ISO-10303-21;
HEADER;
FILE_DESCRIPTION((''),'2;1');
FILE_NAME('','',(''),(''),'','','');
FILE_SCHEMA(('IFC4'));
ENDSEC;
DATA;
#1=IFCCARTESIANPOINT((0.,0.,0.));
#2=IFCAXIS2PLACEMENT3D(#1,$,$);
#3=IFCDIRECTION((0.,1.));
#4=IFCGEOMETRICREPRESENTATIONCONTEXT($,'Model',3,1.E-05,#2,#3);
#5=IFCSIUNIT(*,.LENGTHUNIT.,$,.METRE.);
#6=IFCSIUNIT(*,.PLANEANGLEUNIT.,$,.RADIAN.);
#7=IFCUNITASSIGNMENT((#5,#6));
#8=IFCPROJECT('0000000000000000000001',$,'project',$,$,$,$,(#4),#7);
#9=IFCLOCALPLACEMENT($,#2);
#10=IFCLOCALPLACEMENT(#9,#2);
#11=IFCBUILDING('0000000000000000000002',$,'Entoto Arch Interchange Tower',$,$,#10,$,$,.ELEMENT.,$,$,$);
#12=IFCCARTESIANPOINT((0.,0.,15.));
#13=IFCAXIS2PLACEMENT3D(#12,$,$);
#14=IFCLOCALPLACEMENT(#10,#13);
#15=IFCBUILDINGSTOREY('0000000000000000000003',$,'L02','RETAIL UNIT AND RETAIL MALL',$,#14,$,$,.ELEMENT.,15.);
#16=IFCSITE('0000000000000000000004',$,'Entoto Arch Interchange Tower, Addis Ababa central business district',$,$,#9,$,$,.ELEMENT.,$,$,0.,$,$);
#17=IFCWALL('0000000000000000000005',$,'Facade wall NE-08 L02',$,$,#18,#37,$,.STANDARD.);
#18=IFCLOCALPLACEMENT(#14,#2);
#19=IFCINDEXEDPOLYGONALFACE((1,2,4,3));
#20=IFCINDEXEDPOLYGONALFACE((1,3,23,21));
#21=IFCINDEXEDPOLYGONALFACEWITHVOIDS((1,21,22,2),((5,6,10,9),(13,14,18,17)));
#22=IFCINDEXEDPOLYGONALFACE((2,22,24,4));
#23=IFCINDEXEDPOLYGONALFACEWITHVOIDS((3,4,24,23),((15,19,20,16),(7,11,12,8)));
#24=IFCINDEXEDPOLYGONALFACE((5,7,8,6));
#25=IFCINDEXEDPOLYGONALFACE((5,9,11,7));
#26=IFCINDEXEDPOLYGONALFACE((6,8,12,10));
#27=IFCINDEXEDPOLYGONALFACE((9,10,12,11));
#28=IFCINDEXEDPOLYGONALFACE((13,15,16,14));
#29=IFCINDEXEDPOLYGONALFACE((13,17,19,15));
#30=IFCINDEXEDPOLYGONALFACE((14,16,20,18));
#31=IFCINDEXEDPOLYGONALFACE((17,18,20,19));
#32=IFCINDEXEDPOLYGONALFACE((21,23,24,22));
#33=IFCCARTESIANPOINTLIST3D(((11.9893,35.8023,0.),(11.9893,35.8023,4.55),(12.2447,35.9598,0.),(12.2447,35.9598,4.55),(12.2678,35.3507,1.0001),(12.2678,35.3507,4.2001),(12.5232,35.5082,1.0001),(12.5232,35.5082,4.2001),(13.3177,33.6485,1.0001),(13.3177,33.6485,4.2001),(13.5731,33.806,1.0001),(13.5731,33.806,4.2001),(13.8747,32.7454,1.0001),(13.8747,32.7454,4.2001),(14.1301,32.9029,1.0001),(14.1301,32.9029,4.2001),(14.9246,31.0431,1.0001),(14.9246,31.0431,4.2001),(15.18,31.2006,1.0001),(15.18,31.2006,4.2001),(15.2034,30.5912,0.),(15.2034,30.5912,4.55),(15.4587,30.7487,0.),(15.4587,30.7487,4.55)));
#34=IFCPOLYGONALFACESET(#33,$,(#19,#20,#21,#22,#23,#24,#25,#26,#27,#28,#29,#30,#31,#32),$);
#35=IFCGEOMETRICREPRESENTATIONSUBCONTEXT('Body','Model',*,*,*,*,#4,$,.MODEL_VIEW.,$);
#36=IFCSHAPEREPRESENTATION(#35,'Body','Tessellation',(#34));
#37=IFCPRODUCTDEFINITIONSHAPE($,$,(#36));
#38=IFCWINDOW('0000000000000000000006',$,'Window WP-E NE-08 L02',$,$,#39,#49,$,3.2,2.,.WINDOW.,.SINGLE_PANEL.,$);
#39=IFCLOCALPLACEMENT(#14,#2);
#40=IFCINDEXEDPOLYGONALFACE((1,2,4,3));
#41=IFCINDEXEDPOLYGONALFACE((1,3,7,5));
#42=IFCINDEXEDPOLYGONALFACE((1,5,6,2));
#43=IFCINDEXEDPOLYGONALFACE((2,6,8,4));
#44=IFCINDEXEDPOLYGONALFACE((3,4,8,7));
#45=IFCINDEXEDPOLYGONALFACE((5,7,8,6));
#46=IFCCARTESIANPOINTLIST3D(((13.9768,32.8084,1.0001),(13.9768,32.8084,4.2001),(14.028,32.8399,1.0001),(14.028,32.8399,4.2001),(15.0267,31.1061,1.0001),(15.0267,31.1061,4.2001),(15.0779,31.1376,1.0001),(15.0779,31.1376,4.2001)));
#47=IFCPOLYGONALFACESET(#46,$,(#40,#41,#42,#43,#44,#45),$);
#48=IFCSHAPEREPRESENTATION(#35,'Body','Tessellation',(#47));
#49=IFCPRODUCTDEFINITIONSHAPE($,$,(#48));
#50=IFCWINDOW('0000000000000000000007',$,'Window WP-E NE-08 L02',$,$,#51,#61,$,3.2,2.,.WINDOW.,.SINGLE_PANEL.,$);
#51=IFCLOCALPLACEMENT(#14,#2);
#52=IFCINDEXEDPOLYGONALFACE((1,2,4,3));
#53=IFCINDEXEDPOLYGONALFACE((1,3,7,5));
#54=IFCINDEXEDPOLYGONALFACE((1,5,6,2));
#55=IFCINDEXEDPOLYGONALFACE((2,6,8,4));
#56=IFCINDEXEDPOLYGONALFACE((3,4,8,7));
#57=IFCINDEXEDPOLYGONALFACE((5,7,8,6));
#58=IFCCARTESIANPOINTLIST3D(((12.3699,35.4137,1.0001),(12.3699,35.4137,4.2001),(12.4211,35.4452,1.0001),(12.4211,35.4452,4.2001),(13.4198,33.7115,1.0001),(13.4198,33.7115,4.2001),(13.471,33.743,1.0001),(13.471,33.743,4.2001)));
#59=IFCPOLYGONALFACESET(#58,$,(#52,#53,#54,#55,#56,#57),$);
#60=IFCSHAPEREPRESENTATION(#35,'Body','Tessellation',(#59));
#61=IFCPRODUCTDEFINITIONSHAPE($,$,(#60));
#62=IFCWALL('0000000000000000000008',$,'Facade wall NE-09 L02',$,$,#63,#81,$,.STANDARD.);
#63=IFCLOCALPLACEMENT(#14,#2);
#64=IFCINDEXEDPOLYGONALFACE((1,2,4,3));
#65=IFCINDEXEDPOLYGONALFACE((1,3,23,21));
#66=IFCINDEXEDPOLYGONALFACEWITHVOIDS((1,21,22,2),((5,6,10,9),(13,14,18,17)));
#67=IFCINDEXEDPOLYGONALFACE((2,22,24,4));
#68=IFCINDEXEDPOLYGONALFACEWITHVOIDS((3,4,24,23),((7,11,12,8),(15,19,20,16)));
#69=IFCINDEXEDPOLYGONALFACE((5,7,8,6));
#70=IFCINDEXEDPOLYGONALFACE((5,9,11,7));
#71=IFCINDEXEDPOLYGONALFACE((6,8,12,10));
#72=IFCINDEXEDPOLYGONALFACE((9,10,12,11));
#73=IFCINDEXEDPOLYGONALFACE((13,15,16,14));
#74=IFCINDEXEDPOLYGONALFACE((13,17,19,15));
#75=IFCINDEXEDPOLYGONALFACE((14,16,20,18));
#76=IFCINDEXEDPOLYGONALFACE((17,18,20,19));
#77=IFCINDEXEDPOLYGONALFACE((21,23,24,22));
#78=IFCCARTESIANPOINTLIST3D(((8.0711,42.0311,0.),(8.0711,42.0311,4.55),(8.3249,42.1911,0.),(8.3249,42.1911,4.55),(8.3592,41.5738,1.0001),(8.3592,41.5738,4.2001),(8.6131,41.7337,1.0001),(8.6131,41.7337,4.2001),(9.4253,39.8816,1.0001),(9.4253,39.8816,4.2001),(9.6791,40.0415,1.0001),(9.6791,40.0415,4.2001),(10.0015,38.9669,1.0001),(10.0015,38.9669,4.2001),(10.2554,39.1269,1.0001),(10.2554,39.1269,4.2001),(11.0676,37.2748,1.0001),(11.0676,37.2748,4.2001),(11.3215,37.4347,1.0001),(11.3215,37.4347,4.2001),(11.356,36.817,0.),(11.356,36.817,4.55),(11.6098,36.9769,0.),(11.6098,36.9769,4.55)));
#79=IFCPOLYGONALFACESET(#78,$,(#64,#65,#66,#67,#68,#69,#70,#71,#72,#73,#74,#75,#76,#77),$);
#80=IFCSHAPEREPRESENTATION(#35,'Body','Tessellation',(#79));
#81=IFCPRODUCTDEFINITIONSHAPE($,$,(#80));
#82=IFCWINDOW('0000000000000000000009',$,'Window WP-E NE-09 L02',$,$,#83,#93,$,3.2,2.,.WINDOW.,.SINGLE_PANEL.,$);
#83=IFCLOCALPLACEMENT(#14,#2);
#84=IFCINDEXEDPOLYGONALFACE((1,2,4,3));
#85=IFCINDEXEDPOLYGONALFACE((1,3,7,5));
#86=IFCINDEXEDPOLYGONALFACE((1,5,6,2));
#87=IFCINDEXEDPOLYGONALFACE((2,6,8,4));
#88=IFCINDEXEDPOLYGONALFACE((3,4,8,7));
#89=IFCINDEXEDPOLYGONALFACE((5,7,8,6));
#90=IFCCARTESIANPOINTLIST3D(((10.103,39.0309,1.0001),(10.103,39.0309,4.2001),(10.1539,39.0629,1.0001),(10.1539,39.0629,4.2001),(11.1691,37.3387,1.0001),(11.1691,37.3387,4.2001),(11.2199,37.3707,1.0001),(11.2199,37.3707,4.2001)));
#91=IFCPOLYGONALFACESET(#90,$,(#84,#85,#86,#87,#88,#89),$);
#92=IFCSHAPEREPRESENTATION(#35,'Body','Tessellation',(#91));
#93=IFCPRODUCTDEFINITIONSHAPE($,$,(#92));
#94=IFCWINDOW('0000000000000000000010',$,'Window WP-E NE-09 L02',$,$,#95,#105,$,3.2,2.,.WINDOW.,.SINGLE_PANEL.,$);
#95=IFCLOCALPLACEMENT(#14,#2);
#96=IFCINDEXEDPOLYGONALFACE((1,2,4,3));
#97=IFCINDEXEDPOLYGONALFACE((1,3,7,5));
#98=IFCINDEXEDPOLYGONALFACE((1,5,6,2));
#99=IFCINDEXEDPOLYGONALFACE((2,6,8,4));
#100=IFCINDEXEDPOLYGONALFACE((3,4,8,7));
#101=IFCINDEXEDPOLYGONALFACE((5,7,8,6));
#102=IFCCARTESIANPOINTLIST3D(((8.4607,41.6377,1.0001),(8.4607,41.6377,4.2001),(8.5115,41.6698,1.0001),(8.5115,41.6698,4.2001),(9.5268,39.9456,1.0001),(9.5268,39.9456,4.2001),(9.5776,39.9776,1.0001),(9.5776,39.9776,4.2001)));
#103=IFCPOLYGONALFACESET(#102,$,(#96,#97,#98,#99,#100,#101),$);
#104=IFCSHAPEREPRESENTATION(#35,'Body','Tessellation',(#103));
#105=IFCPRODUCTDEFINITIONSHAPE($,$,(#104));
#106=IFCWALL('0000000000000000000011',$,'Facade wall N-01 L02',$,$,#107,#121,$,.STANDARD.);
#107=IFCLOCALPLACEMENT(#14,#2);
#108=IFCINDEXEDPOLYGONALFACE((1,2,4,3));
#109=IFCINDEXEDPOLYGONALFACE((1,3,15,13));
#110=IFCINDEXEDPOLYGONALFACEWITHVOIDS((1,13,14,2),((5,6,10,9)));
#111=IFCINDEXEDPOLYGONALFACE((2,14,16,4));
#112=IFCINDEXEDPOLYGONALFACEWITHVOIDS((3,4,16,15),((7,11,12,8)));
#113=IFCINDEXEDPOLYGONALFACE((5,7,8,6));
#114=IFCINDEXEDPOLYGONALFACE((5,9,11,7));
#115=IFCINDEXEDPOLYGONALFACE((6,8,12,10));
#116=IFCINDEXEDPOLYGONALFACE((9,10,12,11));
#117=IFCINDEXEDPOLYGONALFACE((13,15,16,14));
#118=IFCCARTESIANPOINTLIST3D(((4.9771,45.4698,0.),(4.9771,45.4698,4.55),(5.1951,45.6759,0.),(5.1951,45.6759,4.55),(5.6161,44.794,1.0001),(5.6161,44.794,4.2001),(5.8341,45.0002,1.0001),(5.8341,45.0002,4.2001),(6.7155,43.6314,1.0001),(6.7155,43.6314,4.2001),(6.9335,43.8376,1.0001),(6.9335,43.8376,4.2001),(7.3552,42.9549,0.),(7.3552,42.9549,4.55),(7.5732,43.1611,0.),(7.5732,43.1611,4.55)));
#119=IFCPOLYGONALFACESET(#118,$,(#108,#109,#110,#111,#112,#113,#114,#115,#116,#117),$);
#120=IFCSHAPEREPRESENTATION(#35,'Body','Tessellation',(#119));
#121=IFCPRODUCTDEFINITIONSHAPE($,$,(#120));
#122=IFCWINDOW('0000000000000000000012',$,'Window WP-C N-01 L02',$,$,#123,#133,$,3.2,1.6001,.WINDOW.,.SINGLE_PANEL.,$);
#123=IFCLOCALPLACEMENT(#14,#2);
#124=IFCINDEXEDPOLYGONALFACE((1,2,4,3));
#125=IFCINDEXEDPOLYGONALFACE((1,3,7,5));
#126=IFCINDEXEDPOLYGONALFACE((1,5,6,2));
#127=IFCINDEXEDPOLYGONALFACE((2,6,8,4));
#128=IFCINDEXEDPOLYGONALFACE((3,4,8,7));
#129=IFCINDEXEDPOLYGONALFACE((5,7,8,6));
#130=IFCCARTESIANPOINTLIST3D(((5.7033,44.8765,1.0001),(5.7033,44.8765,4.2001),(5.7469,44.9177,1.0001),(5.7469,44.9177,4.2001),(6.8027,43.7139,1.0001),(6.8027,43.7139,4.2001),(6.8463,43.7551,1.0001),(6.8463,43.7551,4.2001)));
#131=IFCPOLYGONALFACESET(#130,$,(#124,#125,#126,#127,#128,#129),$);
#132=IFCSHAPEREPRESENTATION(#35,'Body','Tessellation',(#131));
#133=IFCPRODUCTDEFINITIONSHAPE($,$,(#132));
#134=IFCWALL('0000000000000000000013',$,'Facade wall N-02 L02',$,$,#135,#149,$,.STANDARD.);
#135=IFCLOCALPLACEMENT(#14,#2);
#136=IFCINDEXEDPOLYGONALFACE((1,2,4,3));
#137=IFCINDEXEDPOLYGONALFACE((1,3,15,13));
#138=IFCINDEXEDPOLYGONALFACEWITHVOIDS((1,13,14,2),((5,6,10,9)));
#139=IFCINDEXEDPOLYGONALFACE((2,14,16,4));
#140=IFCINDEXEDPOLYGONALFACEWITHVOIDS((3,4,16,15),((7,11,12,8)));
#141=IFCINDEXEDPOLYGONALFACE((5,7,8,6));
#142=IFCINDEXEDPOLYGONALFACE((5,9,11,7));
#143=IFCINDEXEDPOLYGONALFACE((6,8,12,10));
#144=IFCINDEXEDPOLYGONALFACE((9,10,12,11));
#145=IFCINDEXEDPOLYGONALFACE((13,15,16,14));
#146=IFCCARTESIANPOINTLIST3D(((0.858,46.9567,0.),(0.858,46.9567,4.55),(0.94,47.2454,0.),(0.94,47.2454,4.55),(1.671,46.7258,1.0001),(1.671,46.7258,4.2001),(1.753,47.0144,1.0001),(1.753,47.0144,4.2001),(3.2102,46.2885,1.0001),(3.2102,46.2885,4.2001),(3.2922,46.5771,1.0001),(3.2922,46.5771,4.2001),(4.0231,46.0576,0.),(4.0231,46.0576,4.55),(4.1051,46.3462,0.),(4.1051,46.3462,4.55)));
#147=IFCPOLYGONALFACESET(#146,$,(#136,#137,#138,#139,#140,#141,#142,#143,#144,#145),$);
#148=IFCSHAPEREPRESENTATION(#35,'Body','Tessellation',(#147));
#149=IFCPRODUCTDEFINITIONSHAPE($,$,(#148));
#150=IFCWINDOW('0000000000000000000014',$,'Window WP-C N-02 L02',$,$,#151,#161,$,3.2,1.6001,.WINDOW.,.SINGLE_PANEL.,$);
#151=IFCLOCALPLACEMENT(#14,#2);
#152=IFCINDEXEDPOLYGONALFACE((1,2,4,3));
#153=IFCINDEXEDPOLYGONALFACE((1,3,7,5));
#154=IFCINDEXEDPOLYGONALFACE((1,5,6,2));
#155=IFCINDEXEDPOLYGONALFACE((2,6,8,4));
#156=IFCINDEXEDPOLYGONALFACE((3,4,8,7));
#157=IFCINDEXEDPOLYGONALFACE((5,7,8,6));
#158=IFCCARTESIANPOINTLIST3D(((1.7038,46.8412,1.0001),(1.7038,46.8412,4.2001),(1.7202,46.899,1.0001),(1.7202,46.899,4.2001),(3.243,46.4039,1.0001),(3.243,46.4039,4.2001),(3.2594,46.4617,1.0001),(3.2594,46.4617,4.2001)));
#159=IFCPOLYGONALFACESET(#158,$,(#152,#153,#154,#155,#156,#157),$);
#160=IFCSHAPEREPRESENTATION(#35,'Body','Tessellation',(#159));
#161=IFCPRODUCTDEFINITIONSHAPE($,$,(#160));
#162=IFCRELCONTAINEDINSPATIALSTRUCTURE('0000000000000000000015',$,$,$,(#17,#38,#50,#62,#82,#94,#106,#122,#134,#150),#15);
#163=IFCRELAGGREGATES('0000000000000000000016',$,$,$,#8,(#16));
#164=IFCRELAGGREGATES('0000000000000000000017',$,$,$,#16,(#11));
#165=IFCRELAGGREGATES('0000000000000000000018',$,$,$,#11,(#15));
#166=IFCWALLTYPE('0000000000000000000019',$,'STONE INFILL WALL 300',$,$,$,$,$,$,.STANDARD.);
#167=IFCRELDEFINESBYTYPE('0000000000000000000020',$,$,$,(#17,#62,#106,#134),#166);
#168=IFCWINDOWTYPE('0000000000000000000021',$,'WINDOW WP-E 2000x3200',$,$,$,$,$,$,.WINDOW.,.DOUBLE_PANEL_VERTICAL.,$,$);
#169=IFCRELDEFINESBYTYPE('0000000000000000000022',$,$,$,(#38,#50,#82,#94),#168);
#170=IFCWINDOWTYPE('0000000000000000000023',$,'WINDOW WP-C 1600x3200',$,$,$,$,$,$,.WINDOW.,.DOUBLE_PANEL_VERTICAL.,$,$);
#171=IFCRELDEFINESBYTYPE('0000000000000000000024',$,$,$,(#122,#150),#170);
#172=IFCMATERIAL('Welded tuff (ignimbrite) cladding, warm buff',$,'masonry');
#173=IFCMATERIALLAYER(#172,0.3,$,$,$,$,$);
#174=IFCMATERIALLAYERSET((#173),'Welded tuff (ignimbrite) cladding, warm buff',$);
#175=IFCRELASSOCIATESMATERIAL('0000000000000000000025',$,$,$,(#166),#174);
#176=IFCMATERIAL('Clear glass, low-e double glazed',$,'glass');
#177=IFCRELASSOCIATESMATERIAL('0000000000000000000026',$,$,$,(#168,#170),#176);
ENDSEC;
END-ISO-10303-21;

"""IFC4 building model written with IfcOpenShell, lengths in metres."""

from ifc_helpers import new_model, si_unit, direction, frame, frame_2d, origin, place, context, subcontext, project, spatial, rectangle, extrude, material, layer, layer_set, type_object, element, fill, save


model = new_model("IFC4")

# Units and contexts
model_context = context("Model", 3, precision=1e-05, world=origin(), true_north=direction((0.0, 1.0)))
body_context = subcontext(model_context, "Body", "Model", "MODEL_VIEW")
ifc_project = project(units=[si_unit("LENGTHUNIT", "METRE"), si_unit("PLANEANGLEUNIT", "RADIAN")], contexts=[model_context])

# Site, building, storey
site_placement = place(None, origin())
site = spatial("IfcSite", under=ifc_project, at=site_placement, Name="Entoto Arch Interchange Tower, Addis Ababa central business district", CompositionType="ELEMENT", RefElevation=0.0)
building_placement = place(site_placement, origin())
building = spatial("IfcBuilding", under=site, at=building_placement, Name="Entoto Arch Interchange Tower", CompositionType="ELEMENT")
storey_placement = place(building_placement, frame((0.0, 0.0, 15.0)))
storey = spatial("IfcBuildingStorey", under=building, at=storey_placement, Name="L02", Description="RETAIL UNIT AND RETAIL MALL", CompositionType="ELEMENT", Elevation=15.0)

# Walls, openings, windows
ifc_material_1 = material(Name="Welded tuff (ignimbrite) cladding, warm buff", Category="masonry")
ifc_layer_1 = layer(ifc_material_1, 0.3)
ifc_layer_set_1 = layer_set([ifc_layer_1], Name="Welded tuff (ignimbrite) cladding, warm buff")
wall_type_1 = type_object("IfcWallType", Name="STONE INFILL WALL 300", PredefinedType="STANDARD", material=ifc_layer_set_1)
wall_1_placement = place(storey_placement, frame((15.3311, 30.6699, 0.0), z_axis=(0.0, 0.0, 1.0), x_axis=(-0.524954, 0.851131, 0.0)))
wall_1 = element("IfcWall", 1, at=wall_1_placement, inside=storey, type_object=wall_type_1, Name="Facade wall NE-08 L02", PredefinedType="STANDARD", context=body_context, shape_type="SweptSolid", body=[
    extrude(rectangle(XDim=6.1226, YDim=0.3, at=frame_2d((3.0613, 0.0))), origin(), (0.0, 0.0, 1.0), 4.55),
])
opening_1_placement = place(wall_1_placement, frame((0.531, 0.0, 1.0)))
opening_1 = element("IfcOpeningElement", 2, at=opening_1_placement, cuts=wall_1, PredefinedType="OPENING", context=body_context, shape_type="SweptSolid", body=[
    extrude(rectangle(XDim=2.0, YDim=3.2, at=frame_2d((1.0, 1.6001))), frame((0.0, 0.1602, 0.0), z_axis=(0.0, -1.0, 0.0), x_axis=(1.0, 0.0, 0.0)), (0.0, 0.0, 1.0), 0.3201),
])
opening_2_placement = place(wall_1_placement, frame((3.592, 0.0, 1.0)))
opening_2 = element("IfcOpeningElement", 3, at=opening_2_placement, cuts=wall_1, PredefinedType="OPENING", context=body_context, shape_type="SweptSolid", body=[
    extrude(rectangle(XDim=2.0, YDim=3.2, at=frame_2d((1.0, 1.6001))), frame((0.0, 0.1602, 0.0), z_axis=(0.0, -1.0, 0.0), x_axis=(1.0, 0.0, 0.0)), (0.0, 0.0, 1.0), 0.3201),
])
ifc_material_2 = material(Name="Clear glass, low-e double glazed", Category="glass")
window_type_1 = type_object("IfcWindowType", Name="WINDOW WP-E 2000x3200", PartitioningType="DOUBLE_PANEL_VERTICAL", PredefinedType="WINDOW", material=ifc_material_2)
window_1_placement = place(opening_1_placement, origin())
window_1 = element("IfcWindow", 4, at=window_1_placement, inside=storey, type_object=window_type_1, Name="Window WP-E NE-08 L02", OverallHeight=3.2, OverallWidth=2.0, PartitioningType="SINGLE_PANEL", PredefinedType="WINDOW", context=body_context, shape_type="SweptSolid", body=[
    extrude(rectangle(XDim=2.0, YDim=3.2, at=frame_2d((1.0, 1.6001))), frame((0.0, 0.03, 0.0), z_axis=(0.0, -1.0, 0.0), x_axis=(1.0, 0.0, 0.0)), (0.0, 0.0, 1.0), 0.0601),
])
fill(opening_1, window_1)
window_2_placement = place(opening_2_placement, origin())
window_2 = element("IfcWindow", 5, at=window_2_placement, inside=storey, type_object=window_type_1, Name="Window WP-E NE-08 L02", OverallHeight=3.2, OverallWidth=2.0, PartitioningType="SINGLE_PANEL", PredefinedType="WINDOW", context=body_context, shape_type="SweptSolid", body=[
    extrude(rectangle(XDim=2.0, YDim=3.2, at=frame_2d((1.0, 1.6001))), frame((0.0, 0.03, 0.0), z_axis=(0.0, -1.0, 0.0), x_axis=(1.0, 0.0, 0.0)), (0.0, 0.0, 1.0), 0.0601),
])
fill(opening_2, window_2)
wall_2_placement = place(storey_placement, frame((11.4829, 36.897, 0.0), z_axis=(0.0, 0.0, 1.0), x_axis=(-0.53304, 0.84609, 0.0)))
wall_2 = element("IfcWall", 6, at=wall_2_placement, inside=storey, type_object=wall_type_1, Name="Facade wall NE-09 L02", PredefinedType="STANDARD", context=body_context, shape_type="SweptSolid", body=[
    extrude(rectangle(XDim=6.1626, YDim=0.3, at=frame_2d((3.0813, 0.0))), origin(), (0.0, 0.0, 1.0), 4.55),
])
opening_3_placement = place(wall_2_placement, frame((0.541, 0.0, 1.0)))
opening_3 = element("IfcOpeningElement", 7, at=opening_3_placement, cuts=wall_2, PredefinedType="OPENING", context=body_context, shape_type="SweptSolid", body=[
    extrude(rectangle(XDim=2.0, YDim=3.2, at=frame_2d((1.0, 1.6001))), frame((0.0, 0.1602, 0.0), z_axis=(0.0, -1.0, 0.0), x_axis=(1.0, 0.0, 0.0)), (0.0, 0.0, 1.0), 0.3201),
])
opening_4_placement = place(wall_2_placement, frame((3.6221, 0.0, 1.0)))
opening_4 = element("IfcOpeningElement", 8, at=opening_4_placement, cuts=wall_2, PredefinedType="OPENING", context=body_context, shape_type="SweptSolid", body=[
    extrude(rectangle(XDim=2.0, YDim=3.2, at=frame_2d((1.0, 1.6001))), frame((0.0, 0.1602, 0.0), z_axis=(0.0, -1.0, 0.0), x_axis=(1.0, 0.0, 0.0)), (0.0, 0.0, 1.0), 0.3201),
])
window_3_placement = place(opening_3_placement, origin())
window_3 = element("IfcWindow", 9, at=window_3_placement, inside=storey, type_object=window_type_1, Name="Window WP-E NE-09 L02", OverallHeight=3.2, OverallWidth=2.0, PartitioningType="SINGLE_PANEL", PredefinedType="WINDOW", context=body_context, shape_type="SweptSolid", body=[
    extrude(rectangle(XDim=2.0, YDim=3.2, at=frame_2d((1.0, 1.6001))), frame((0.0, 0.03, 0.0), z_axis=(0.0, -1.0, 0.0), x_axis=(1.0, 0.0, 0.0)), (0.0, 0.0, 1.0), 0.0601),
])
fill(opening_3, window_3)
window_4_placement = place(opening_4_placement, origin())
window_4 = element("IfcWindow", 10, at=window_4_placement, inside=storey, type_object=window_type_1, Name="Window WP-E NE-09 L02", OverallHeight=3.2, OverallWidth=2.0, PartitioningType="SINGLE_PANEL", PredefinedType="WINDOW", context=body_context, shape_type="SweptSolid", body=[
    extrude(rectangle(XDim=2.0, YDim=3.2, at=frame_2d((1.0, 1.6001))), frame((0.0, 0.03, 0.0), z_axis=(0.0, -1.0, 0.0), x_axis=(1.0, 0.0, 0.0)), (0.0, 0.0, 1.0), 0.0601),
])
fill(opening_4, window_4)

# Walls, openings, windows
wall_3_placement = place(storey_placement, frame((7.4641, 43.0581, 0.0), z_axis=(0.0, 0.0, 1.0), x_axis=(-0.687081, 0.726581, 0.0)))
wall_3 = element("IfcWall", 11, at=wall_3_placement, inside=storey, type_object=wall_type_1, Name="Facade wall N-01 L02", PredefinedType="STANDARD", context=body_context, shape_type="SweptSolid", body=[
    extrude(rectangle(XDim=3.4612, YDim=0.3, at=frame_2d((1.7305, 0.0))), origin(), (0.0, 0.0, 1.0), 4.55),
])
opening_5_placement = place(wall_3_placement, frame((0.9309, 0.0, 1.0)))
opening_5 = element("IfcOpeningElement", 12, at=opening_5_placement, cuts=wall_3, PredefinedType="OPENING", context=body_context, shape_type="SweptSolid", body=[
    extrude(rectangle(XDim=1.6001, YDim=3.2, at=frame_2d((0.8, 1.6001))), frame((0.0, 0.1602, 0.0), z_axis=(0.0, -1.0, 0.0), x_axis=(1.0, 0.0, 0.0)), (0.0, 0.0, 1.0), 0.3201),
])
window_type_2 = type_object("IfcWindowType", Name="WINDOW WP-C 1600x3200", PartitioningType="DOUBLE_PANEL_VERTICAL", PredefinedType="WINDOW", material=ifc_material_2)
window_5_placement = place(opening_5_placement, origin())
window_5 = element("IfcWindow", 13, at=window_5_placement, inside=storey, type_object=window_type_2, Name="Window WP-C N-01 L02", OverallHeight=3.2, OverallWidth=1.6001, PartitioningType="SINGLE_PANEL", PredefinedType="WINDOW", context=body_context, shape_type="SweptSolid", body=[
    extrude(rectangle(XDim=1.6001, YDim=3.2, at=frame_2d((0.8, 1.6001))), frame((0.0, 0.03, 0.0), z_axis=(0.0, -1.0, 0.0), x_axis=(1.0, 0.0, 0.0)), (0.0, 0.0, 1.0), 0.0601),
])
fill(opening_5, window_5)
wall_4_placement = place(storey_placement, frame((4.064, 46.2019, 0.0), z_axis=(0.0, 0.0, 1.0), x_axis=(-0.961934, 0.27328, 0.0)))
wall_4 = element("IfcWall", 14, at=wall_4_placement, inside=storey, type_object=wall_type_1, Name="Facade wall N-02 L02", PredefinedType="STANDARD", context=body_context, shape_type="SweptSolid", body=[
    extrude(rectangle(XDim=3.2903, YDim=0.3, at=frame_2d((1.645, 0.0))), origin(), (0.0, 0.0, 1.0), 4.55),
])
opening_6_placement = place(wall_4_placement, frame((0.845, 0.0, 1.0)))
opening_6 = element("IfcOpeningElement", 15, at=opening_6_placement, cuts=wall_4, PredefinedType="OPENING", context=body_context, shape_type="SweptSolid", body=[
    extrude(rectangle(XDim=1.6001, YDim=3.2, at=frame_2d((0.8, 1.6001))), frame((0.0, 0.1602, 0.0), z_axis=(0.0, -1.0, 0.0), x_axis=(1.0, 0.0, 0.0)), (0.0, 0.0, 1.0), 0.3201),
])
window_6_placement = place(opening_6_placement, origin())
window_6 = element("IfcWindow", 16, at=window_6_placement, inside=storey, type_object=window_type_2, Name="Window WP-C N-02 L02", OverallHeight=3.2, OverallWidth=1.6001, PartitioningType="SINGLE_PANEL", PredefinedType="WINDOW", context=body_context, shape_type="SweptSolid", body=[
    extrude(rectangle(XDim=1.6001, YDim=3.2, at=frame_2d((0.8, 1.6001))), frame((0.0, 0.03, 0.0), z_axis=(0.0, -1.0, 0.0), x_axis=(1.0, 0.0, 0.0)), (0.0, 0.0, 1.0), 0.0601),
])
fill(opening_6, window_6)

save(model, "model.ifc")
